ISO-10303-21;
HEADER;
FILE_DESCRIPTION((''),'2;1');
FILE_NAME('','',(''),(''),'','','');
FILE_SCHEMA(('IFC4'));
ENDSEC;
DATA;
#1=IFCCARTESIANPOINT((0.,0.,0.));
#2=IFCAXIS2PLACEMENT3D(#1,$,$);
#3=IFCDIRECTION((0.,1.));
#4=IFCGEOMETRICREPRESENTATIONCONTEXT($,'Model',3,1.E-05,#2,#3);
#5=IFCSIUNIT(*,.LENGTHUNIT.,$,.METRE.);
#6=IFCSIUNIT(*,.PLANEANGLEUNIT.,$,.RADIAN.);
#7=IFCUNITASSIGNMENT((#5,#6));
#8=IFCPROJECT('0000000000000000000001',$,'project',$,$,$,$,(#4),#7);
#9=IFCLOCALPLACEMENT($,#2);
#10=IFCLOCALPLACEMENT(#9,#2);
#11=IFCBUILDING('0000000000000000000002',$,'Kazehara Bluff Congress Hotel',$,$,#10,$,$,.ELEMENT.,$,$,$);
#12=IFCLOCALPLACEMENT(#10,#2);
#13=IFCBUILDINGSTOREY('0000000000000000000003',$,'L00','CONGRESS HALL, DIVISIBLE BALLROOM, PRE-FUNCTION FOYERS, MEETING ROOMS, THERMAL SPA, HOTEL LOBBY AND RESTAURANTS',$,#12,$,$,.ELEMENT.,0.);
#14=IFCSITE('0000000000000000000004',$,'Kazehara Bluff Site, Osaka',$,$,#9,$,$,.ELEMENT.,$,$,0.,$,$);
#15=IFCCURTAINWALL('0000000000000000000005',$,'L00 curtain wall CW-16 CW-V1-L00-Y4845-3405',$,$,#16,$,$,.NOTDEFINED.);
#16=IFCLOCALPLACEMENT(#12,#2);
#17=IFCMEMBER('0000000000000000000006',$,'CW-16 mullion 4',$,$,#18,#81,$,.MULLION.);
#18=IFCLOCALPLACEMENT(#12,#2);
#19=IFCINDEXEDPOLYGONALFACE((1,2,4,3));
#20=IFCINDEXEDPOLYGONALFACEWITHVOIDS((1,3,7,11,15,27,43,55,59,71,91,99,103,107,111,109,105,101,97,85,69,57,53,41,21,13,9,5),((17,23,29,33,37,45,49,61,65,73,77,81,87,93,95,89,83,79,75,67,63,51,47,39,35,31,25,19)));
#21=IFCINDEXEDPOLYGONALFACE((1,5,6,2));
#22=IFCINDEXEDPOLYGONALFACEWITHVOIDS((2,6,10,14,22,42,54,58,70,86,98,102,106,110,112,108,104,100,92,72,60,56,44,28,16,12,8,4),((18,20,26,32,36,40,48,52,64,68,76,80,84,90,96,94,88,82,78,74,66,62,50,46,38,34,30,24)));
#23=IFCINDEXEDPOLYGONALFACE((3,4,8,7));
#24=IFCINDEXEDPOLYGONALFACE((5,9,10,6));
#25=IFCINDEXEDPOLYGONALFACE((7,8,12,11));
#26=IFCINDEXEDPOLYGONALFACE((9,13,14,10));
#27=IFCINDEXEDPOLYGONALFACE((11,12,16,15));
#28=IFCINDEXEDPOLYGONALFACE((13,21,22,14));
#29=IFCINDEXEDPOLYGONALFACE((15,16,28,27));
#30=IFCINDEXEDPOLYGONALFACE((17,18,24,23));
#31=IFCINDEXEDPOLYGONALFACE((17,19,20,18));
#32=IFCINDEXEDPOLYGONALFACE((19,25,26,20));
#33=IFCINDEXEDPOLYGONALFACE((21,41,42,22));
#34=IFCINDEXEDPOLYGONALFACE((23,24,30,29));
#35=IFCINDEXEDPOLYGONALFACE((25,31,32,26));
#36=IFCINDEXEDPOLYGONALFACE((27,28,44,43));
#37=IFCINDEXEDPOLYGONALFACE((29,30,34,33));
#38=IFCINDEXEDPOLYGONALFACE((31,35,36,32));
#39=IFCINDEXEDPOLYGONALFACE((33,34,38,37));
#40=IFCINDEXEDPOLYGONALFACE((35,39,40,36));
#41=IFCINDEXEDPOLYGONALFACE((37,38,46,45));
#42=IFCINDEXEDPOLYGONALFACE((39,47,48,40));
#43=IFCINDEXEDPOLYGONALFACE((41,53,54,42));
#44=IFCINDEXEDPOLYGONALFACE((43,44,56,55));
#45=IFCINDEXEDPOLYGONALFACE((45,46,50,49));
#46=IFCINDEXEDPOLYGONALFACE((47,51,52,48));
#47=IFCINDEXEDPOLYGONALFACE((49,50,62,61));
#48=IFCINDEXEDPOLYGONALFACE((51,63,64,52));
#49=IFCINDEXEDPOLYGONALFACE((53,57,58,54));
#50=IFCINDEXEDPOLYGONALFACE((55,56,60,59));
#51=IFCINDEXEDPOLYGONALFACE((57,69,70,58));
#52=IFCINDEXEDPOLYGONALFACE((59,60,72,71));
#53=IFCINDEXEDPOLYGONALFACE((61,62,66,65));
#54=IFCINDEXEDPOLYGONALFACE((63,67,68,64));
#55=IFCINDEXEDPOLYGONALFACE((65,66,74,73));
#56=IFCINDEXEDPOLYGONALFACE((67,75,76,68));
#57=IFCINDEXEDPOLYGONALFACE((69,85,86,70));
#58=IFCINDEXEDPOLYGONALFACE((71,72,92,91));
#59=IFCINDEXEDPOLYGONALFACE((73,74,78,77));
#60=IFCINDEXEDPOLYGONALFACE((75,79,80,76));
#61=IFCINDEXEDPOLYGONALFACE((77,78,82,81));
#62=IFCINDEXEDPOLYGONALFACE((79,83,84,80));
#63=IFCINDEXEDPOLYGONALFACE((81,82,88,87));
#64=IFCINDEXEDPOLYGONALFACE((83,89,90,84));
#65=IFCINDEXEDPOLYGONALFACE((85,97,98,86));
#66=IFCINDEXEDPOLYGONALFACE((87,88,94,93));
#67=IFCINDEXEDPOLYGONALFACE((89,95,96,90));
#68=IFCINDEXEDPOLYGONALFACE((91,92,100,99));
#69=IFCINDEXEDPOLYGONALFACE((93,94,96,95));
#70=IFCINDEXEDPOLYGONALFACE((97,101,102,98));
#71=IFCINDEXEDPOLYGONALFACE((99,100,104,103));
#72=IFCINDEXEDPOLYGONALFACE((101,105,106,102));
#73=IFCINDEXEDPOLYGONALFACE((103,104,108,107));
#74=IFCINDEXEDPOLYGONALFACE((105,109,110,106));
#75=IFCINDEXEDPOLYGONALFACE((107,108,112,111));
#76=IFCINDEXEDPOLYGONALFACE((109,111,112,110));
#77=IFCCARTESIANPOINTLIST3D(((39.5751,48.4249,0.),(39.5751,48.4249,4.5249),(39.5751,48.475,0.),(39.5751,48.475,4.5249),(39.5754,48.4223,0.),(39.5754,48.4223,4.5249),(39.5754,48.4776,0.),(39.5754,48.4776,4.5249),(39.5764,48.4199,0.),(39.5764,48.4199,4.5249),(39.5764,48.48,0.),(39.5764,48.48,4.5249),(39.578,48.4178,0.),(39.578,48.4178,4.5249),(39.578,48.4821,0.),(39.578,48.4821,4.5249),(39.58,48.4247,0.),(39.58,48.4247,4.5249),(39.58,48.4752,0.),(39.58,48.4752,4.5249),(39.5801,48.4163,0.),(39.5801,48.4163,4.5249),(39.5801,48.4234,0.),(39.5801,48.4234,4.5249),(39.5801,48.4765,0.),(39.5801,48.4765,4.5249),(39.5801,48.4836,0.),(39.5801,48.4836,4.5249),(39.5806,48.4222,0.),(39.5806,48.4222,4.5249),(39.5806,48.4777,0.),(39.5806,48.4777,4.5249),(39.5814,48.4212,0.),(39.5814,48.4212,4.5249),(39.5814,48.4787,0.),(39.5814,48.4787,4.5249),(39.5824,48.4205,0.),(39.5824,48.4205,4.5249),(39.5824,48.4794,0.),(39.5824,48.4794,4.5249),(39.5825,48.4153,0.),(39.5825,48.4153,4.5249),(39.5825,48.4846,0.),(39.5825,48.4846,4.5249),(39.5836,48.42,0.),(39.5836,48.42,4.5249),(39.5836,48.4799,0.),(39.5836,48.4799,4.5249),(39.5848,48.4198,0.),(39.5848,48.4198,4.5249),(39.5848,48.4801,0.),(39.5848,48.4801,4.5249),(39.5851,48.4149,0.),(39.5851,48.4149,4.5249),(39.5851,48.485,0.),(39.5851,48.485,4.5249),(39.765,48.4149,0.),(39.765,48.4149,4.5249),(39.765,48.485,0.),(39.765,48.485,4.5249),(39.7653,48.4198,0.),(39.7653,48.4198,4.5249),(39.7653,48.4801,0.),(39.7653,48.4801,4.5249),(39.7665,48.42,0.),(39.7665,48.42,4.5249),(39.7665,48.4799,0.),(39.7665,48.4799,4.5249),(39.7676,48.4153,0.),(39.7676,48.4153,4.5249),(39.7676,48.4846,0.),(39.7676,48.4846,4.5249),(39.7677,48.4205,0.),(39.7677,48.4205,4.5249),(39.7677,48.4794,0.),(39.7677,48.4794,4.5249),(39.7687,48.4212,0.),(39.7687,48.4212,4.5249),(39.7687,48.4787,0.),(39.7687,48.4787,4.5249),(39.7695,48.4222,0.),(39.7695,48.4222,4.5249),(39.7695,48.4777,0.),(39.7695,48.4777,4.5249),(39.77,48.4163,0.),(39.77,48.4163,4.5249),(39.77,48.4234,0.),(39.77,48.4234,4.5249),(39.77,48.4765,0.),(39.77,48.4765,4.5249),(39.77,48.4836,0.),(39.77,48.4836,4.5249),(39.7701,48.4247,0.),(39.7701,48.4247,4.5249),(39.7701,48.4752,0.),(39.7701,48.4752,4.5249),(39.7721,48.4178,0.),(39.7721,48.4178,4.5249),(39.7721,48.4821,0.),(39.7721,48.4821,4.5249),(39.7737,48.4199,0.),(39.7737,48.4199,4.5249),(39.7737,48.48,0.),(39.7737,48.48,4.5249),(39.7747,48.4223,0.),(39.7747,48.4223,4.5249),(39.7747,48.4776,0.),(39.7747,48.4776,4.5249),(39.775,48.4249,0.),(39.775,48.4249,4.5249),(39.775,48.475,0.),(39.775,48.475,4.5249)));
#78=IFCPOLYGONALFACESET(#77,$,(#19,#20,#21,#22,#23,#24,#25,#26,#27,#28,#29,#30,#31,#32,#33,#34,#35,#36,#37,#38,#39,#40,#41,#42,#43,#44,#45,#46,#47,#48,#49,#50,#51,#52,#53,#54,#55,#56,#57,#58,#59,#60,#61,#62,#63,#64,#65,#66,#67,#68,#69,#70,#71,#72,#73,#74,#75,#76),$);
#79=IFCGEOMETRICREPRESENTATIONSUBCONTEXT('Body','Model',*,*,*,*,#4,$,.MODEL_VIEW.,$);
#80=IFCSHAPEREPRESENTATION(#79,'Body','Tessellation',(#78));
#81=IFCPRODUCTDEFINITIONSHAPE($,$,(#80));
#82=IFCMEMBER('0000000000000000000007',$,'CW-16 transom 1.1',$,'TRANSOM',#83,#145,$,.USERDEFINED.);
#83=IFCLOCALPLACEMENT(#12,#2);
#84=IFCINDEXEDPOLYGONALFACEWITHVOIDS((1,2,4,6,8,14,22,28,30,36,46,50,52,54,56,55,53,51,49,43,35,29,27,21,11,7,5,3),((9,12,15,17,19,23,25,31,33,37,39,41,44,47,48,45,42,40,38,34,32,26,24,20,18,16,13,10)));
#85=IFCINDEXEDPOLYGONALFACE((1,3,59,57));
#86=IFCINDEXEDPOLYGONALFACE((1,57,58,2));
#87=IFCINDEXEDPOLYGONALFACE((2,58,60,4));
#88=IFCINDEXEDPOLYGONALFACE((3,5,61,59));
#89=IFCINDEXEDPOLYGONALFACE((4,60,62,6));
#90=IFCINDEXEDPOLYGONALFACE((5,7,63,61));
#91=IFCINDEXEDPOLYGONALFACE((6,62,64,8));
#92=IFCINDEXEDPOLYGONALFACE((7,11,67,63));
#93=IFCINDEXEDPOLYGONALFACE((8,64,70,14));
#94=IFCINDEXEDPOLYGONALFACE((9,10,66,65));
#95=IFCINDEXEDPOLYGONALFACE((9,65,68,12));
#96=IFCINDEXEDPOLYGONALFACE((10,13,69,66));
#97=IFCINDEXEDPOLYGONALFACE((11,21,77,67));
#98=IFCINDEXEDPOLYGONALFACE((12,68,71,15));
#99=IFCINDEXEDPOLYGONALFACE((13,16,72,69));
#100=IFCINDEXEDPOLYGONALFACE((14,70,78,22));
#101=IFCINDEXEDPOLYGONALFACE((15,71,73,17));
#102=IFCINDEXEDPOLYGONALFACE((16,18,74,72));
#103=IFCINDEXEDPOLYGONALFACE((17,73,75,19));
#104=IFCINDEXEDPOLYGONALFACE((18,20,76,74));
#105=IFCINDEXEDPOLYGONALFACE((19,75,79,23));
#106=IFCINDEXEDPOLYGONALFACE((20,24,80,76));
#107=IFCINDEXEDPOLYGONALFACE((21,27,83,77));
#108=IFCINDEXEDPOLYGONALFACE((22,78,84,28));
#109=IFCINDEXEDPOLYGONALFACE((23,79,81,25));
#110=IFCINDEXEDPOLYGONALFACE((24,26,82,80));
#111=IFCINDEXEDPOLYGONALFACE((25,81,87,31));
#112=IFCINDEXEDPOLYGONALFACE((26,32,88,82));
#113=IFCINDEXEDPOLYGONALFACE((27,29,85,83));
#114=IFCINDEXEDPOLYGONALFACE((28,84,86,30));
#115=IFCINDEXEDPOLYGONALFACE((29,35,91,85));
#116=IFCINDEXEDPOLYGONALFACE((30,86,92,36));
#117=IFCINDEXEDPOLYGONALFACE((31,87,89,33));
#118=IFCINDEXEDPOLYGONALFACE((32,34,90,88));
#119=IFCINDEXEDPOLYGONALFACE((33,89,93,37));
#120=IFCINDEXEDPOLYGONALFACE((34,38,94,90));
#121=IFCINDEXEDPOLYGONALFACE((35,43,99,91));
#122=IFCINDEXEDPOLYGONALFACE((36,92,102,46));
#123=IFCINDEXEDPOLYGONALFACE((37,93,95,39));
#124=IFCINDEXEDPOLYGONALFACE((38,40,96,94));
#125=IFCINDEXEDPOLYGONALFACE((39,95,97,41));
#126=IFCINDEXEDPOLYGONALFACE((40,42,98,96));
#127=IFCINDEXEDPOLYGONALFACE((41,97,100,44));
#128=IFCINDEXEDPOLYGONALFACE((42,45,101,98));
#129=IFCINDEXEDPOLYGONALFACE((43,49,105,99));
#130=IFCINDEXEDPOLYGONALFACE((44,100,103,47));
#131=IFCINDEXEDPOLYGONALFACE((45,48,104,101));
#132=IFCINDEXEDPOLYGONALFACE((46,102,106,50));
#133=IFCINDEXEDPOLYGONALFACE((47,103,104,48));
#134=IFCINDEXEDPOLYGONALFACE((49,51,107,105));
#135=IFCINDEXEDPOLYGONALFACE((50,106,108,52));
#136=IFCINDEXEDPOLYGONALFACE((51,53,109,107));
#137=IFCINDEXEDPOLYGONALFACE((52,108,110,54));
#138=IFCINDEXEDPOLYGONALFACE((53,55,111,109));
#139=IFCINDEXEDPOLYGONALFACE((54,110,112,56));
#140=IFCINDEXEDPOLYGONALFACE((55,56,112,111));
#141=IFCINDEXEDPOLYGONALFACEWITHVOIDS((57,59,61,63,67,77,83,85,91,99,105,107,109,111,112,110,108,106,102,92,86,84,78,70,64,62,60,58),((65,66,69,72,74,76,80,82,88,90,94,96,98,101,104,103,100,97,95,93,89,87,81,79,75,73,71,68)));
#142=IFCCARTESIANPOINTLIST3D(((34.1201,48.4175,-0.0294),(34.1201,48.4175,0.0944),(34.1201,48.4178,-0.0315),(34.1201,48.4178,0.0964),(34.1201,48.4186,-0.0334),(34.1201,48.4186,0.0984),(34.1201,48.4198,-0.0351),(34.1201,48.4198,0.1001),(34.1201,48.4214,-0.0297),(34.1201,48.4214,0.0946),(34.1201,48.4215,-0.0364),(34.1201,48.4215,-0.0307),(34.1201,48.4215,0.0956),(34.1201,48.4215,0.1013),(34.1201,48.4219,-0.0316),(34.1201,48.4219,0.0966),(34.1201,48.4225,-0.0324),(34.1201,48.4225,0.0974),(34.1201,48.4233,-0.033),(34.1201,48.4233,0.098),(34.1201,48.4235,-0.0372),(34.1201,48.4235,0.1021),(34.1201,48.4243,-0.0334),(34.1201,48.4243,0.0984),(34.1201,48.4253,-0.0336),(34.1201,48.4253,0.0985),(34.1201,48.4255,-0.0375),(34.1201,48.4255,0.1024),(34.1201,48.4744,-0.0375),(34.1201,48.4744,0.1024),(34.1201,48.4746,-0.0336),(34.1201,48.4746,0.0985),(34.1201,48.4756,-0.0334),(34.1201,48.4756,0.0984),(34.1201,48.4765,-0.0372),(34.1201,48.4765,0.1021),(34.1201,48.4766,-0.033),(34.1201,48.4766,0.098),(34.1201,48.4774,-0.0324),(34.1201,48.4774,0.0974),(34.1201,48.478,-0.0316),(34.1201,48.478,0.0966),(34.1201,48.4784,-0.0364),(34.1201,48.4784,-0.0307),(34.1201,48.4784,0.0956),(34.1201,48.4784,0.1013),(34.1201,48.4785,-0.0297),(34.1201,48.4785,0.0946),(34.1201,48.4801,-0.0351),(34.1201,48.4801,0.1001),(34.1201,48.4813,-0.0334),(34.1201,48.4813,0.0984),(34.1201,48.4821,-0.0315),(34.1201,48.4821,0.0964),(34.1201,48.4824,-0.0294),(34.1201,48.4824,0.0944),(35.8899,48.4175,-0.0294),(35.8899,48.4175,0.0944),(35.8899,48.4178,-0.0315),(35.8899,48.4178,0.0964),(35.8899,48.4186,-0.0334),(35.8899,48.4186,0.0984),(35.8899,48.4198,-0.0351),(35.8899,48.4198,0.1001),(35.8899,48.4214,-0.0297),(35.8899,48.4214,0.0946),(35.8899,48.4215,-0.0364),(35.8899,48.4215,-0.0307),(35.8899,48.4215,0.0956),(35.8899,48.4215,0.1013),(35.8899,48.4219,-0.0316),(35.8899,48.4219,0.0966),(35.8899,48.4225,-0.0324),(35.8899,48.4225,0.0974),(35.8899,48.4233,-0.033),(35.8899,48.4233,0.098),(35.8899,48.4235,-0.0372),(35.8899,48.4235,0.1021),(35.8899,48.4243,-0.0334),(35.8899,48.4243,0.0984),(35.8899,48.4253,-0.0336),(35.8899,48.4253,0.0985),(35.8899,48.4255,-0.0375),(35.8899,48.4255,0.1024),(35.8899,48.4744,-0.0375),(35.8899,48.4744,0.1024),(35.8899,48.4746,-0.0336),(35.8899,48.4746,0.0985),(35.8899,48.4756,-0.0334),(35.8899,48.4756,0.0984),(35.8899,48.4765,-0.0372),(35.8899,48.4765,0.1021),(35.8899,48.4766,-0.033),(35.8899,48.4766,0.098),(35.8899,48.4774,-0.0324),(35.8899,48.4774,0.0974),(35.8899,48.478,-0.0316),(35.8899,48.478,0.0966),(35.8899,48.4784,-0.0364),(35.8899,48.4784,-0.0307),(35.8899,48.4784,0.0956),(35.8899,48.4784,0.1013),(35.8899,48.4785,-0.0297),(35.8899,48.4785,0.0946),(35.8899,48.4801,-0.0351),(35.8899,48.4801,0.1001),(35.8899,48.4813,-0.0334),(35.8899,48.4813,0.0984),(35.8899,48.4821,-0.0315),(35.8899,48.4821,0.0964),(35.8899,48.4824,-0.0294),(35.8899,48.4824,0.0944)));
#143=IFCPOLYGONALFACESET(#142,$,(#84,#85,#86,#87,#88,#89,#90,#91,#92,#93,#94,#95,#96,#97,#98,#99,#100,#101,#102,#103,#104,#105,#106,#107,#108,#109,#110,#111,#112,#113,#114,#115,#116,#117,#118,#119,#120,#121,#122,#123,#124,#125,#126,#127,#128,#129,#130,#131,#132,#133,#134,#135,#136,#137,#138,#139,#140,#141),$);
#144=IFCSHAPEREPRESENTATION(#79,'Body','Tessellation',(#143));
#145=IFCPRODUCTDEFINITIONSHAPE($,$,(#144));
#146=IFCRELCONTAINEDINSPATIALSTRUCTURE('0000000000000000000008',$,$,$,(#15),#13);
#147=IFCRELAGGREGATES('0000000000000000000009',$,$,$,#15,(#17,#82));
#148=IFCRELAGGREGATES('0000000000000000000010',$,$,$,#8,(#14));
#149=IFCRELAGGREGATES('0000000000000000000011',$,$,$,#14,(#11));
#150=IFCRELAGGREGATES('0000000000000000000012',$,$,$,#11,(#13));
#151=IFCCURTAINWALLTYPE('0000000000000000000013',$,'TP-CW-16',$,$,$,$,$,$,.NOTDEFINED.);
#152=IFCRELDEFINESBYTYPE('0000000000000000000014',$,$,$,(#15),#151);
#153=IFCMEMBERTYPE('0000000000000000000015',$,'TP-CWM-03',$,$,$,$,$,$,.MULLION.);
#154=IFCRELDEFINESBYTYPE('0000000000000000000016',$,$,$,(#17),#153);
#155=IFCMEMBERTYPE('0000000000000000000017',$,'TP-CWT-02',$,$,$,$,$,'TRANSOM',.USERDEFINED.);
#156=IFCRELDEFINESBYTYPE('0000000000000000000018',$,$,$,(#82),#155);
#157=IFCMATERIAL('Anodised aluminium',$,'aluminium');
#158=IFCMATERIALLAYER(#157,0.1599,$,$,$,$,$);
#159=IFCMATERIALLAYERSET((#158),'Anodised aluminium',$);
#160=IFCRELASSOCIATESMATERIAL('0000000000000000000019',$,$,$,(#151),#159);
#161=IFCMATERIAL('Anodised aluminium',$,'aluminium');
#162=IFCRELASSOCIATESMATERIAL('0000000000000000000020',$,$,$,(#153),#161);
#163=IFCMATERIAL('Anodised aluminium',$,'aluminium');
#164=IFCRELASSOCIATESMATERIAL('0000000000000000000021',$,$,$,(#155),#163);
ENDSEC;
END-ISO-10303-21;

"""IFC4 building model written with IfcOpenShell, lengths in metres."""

from ifc_helpers import new_model, si_unit, direction, frame, origin, origin_2d, place, context, subcontext, project, spatial, hollow_rectangle, extrude, material, layer, layer_set, material_profile, profile_set, type_object, element, aggregate, save


model = new_model("IFC4")

# Units and contexts
model_context = context("Model", 3, precision=1e-05, world=origin(), true_north=direction((0.0, 1.0)))
body_context = subcontext(model_context, "Body", "Model", "MODEL_VIEW")
ifc_project = project(units=[si_unit("LENGTHUNIT", "METRE"), si_unit("PLANEANGLEUNIT", "RADIAN")], contexts=[model_context])

# Site, building, storey
site_placement = place(None, origin())
site = spatial("IfcSite", under=ifc_project, at=site_placement, Name="Kazehara Bluff Site, Osaka", CompositionType="ELEMENT", RefElevation=0.0)
building_placement = place(site_placement, origin())
building = spatial("IfcBuilding", under=site, at=building_placement, Name="Kazehara Bluff Congress Hotel", CompositionType="ELEMENT")
storey_placement = place(building_placement, origin())
storey = spatial("IfcBuildingStorey", under=building, at=storey_placement, Name="L00", Description="CONGRESS HALL, DIVISIBLE BALLROOM, PRE-FUNCTION FOYERS, MEETING ROOMS, THERMAL SPA, HOTEL LOBBY AND RESTAURANTS", CompositionType="ELEMENT", Elevation=0.0)

# Curtain wall, members
ifc_material_1 = material(Name="Anodised aluminium", Category="aluminium")
ifc_layer_1 = layer(ifc_material_1, 0.1599)
ifc_layer_set_1 = layer_set([ifc_layer_1], Name="Anodised aluminium")
curtain_wall_type = type_object("IfcCurtainWallType", Name="TP-CW-16", PredefinedType="NOTDEFINED", material=ifc_layer_set_1)
curtain_wall_placement = place(storey_placement, origin())
curtain_wall = element("IfcCurtainWall", 1, at=curtain_wall_placement, inside=storey, type_object=curtain_wall_type, Name="L00 curtain wall CW-16 CW-V1-L00-Y4845-3405", PredefinedType="NOTDEFINED")
ifc_material_2 = material(Name="Anodised aluminium", Category="aluminium")
ifc_material_profile_1 = material_profile(ifc_material_2, hollow_rectangle(XDim=0.0701, YDim=0.2, WallThickness=0.0049, InnerFilletRadius=0.0049, OuterFilletRadius=0.01, at=origin_2d()))
ifc_profile_set_1 = profile_set([ifc_material_profile_1], Name="Anodised aluminium")
member_type_1 = type_object("IfcMemberType", Name="TP-CWM-03", PredefinedType="MULLION", material=ifc_profile_set_1)
member_1_placement = place(storey_placement, frame((39.675, 48.45, 0.0), z_axis=(0.0, 0.0, 1.0), x_axis=(0.0, 1.0, 0.0)))
member_1 = element("IfcMember", 2, at=member_1_placement, type_object=member_type_1, Name="CW-16 mullion 4", PredefinedType="MULLION", context=body_context, shape_type="SweptSolid", body=[
    extrude(hollow_rectangle(XDim=0.0701, YDim=0.2, WallThickness=0.0049, InnerFilletRadius=0.0049, OuterFilletRadius=0.01, at=origin_2d()), origin(), (0.0, 0.0, 1.0), 4.5249),
])
ifc_material_3 = material(Name="Anodised aluminium", Category="aluminium")
ifc_material_profile_2 = material_profile(ifc_material_3, hollow_rectangle(XDim=0.0649, YDim=0.1399, WallThickness=0.0039, InnerFilletRadius=0.0039, OuterFilletRadius=0.0081, at=origin_2d()))
ifc_profile_set_2 = profile_set([ifc_material_profile_2], Name="Anodised aluminium")
member_type_2 = type_object("IfcMemberType", Name="TP-CWT-02", ElementType="TRANSOM", PredefinedType="USERDEFINED", material=ifc_profile_set_2)
member_2_placement = place(storey_placement, frame((34.1201, 48.45, 0.0325), z_axis=(1.0, 0.0, 0.0), x_axis=(0.0, 1.0, 0.0)))
member_2 = element("IfcMember", 3, at=member_2_placement, type_object=member_type_2, Name="CW-16 transom 1.1", ObjectType="TRANSOM", PredefinedType="USERDEFINED", context=body_context, shape_type="SweptSolid", body=[
    extrude(hollow_rectangle(XDim=0.0649, YDim=0.1399, WallThickness=0.0039, InnerFilletRadius=0.0039, OuterFilletRadius=0.0081, at=origin_2d()), origin(), (0.0, 0.0, 1.0), 1.7698),
])

aggregate(curtain_wall, [member_1, member_2])

save(model, "model.ifc")
